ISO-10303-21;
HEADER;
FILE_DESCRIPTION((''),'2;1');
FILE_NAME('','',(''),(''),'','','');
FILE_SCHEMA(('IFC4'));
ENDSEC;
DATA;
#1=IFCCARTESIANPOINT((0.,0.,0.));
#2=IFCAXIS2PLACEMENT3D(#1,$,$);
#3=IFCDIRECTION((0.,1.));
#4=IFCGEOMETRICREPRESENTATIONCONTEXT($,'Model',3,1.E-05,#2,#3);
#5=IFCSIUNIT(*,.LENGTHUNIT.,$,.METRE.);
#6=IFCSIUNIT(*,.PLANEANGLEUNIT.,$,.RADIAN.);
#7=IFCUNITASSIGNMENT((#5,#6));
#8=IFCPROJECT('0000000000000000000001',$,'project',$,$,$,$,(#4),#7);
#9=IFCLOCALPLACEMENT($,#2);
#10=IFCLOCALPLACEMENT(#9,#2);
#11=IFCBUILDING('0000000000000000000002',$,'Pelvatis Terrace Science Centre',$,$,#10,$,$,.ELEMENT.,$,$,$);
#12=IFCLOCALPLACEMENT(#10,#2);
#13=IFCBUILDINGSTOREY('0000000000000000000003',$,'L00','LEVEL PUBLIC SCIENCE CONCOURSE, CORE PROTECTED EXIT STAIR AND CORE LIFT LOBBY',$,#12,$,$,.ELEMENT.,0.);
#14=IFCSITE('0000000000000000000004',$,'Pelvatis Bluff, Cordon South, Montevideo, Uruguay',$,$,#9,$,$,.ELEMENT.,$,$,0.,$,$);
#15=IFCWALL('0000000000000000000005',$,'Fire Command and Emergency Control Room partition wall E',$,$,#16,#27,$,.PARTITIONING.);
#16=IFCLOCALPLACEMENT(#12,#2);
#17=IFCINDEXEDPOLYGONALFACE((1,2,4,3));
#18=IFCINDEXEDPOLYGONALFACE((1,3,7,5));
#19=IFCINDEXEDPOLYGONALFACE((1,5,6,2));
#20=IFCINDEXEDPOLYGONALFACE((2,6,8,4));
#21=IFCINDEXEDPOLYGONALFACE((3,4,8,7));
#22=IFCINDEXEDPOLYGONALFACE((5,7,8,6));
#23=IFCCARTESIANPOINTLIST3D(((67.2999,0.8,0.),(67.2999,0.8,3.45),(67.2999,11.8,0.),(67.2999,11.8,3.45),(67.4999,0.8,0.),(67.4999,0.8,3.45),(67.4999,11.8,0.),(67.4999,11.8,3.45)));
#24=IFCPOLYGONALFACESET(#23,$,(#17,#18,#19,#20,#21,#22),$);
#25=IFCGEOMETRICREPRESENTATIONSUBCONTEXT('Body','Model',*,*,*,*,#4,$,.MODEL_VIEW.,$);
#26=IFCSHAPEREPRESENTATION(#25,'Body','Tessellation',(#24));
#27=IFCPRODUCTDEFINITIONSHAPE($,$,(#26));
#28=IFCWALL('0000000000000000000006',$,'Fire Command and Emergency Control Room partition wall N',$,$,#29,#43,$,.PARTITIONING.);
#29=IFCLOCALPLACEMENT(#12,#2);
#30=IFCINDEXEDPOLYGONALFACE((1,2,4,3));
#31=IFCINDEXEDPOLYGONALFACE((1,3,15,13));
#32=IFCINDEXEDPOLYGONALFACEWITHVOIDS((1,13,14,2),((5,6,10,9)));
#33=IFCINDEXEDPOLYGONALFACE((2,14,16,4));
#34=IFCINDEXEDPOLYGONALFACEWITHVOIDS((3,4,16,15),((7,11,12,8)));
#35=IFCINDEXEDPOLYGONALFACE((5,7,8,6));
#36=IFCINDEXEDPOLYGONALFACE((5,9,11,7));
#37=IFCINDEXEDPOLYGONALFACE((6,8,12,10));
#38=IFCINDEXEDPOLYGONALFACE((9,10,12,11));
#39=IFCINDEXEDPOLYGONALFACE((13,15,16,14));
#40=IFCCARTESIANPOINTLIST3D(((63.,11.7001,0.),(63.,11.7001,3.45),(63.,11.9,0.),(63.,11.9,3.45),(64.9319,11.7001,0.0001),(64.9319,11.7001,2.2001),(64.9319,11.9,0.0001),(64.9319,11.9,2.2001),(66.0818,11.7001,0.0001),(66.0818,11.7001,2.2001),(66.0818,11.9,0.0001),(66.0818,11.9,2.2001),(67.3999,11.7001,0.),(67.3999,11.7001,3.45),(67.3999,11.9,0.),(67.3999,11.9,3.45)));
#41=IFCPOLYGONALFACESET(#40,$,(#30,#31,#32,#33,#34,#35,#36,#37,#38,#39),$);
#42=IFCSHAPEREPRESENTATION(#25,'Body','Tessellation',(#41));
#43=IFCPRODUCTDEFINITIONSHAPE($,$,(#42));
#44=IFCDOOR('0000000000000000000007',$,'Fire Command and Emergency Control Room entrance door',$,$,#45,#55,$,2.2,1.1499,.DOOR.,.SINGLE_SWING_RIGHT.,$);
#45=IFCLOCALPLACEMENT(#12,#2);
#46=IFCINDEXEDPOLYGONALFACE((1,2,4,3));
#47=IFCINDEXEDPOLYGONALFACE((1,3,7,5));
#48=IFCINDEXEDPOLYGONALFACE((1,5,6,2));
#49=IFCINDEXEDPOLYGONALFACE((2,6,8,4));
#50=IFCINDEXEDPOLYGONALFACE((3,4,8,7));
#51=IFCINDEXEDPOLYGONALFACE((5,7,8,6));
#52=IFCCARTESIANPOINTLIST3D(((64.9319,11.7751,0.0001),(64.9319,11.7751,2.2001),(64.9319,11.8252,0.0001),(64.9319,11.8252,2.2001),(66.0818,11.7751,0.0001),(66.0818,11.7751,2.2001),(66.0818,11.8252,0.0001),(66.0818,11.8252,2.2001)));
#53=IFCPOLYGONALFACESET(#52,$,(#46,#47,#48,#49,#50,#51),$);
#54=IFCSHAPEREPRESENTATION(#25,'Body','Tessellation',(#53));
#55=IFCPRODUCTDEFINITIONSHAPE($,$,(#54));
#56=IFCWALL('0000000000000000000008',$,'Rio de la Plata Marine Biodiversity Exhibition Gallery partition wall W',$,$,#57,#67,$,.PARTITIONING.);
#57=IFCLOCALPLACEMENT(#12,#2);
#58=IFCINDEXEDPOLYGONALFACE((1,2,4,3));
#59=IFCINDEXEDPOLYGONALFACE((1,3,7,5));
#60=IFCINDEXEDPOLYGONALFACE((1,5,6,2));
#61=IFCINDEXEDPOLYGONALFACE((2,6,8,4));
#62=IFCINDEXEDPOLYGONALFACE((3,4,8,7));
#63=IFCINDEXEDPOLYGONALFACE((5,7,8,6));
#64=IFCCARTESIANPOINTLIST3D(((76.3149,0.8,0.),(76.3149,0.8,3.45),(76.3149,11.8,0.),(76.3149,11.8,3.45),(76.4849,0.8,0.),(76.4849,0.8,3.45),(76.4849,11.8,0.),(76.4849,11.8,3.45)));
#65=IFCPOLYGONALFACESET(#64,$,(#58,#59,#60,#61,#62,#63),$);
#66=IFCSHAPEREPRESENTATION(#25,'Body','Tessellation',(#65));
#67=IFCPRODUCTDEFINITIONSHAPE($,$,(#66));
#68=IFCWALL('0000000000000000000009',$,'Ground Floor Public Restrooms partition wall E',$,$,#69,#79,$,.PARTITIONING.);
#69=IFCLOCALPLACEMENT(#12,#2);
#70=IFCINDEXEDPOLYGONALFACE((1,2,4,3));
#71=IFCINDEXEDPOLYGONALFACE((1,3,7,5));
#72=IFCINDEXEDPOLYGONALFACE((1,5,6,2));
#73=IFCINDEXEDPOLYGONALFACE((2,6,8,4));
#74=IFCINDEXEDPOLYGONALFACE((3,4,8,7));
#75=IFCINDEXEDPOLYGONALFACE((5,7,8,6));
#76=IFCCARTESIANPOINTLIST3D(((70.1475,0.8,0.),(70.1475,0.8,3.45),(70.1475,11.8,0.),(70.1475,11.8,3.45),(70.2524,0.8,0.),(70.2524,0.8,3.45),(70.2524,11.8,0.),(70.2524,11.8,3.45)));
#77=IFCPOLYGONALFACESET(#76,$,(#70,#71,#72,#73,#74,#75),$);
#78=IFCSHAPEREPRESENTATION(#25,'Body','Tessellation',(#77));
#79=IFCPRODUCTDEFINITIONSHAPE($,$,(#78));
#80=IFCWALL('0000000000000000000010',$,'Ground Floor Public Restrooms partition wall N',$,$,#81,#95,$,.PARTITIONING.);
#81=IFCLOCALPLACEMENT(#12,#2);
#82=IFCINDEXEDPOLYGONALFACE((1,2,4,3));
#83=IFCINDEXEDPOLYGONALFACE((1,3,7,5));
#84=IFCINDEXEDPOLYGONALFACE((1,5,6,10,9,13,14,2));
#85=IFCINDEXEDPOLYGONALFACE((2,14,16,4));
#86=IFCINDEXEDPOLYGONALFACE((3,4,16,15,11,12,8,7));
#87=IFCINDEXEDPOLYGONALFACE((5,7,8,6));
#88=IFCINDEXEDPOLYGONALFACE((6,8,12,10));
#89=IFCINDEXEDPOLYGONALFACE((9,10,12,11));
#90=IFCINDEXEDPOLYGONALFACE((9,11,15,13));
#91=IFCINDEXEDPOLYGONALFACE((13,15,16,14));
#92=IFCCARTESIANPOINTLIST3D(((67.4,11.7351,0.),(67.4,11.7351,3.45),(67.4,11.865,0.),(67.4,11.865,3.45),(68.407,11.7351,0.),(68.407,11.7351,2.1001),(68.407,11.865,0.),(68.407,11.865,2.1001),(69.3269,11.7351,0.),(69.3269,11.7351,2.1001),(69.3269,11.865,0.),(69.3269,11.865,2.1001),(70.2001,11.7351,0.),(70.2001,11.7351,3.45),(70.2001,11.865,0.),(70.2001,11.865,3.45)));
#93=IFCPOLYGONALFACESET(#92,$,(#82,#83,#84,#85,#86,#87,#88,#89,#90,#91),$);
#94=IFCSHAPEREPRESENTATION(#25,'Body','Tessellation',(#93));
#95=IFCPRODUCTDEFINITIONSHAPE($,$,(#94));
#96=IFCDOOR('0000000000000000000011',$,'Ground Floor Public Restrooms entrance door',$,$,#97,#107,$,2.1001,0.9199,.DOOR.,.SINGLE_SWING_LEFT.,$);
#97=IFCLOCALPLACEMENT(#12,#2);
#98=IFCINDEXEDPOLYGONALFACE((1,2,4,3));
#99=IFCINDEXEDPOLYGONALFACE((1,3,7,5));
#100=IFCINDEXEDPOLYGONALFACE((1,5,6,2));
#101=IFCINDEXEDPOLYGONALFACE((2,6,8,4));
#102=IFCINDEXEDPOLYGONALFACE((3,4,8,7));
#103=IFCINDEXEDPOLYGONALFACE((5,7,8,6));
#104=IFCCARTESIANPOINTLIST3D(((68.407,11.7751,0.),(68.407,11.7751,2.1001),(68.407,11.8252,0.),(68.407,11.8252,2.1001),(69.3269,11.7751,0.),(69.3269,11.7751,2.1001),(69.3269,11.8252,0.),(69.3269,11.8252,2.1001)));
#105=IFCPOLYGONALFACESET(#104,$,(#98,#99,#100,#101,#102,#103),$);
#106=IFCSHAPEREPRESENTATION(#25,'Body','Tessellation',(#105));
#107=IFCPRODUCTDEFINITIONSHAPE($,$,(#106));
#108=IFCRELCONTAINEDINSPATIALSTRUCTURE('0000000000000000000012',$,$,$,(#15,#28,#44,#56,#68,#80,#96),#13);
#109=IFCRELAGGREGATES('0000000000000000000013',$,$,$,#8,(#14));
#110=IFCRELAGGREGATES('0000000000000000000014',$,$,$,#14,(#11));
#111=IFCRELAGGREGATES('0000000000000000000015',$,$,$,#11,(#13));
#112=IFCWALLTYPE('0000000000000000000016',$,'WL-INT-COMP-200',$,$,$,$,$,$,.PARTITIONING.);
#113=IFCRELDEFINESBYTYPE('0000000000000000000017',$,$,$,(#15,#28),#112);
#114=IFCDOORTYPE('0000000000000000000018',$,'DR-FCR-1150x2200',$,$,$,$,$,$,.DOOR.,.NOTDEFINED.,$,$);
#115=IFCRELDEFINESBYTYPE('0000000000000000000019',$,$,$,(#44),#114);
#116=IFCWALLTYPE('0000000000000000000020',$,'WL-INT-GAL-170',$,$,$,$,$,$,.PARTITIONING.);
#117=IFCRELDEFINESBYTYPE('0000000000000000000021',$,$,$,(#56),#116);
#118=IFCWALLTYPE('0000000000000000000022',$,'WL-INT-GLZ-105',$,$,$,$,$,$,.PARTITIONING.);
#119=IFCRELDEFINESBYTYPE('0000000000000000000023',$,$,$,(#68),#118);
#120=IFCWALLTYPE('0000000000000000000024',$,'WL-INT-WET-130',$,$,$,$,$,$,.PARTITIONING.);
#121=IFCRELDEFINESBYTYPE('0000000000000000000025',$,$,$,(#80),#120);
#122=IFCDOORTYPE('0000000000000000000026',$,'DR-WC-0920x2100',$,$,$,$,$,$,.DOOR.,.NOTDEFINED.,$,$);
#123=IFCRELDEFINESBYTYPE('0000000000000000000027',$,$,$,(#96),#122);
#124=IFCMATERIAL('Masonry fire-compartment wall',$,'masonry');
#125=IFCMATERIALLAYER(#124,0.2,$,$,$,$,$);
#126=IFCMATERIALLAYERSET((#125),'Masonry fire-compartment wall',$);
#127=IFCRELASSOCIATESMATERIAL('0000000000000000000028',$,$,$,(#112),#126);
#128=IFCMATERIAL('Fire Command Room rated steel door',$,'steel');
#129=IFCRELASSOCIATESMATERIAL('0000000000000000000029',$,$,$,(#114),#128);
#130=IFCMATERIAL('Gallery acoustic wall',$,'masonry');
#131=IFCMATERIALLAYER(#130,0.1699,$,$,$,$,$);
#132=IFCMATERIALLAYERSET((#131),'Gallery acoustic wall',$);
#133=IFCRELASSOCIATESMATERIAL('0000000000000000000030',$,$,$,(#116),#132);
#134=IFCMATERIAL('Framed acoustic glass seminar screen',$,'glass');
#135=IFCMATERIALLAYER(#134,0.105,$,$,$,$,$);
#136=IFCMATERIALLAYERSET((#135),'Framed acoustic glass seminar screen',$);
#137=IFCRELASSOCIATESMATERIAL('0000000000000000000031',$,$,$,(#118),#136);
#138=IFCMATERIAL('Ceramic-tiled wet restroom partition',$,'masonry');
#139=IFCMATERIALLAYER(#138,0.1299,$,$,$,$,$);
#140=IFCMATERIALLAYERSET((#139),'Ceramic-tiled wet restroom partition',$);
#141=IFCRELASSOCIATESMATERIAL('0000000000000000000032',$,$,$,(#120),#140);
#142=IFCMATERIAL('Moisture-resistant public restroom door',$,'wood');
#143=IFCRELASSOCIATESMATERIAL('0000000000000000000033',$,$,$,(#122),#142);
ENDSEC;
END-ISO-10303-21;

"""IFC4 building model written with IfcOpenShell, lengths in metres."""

from ifc_helpers import new_model, si_unit, direction, frame, frame_2d, origin, place, context, subcontext, project, spatial, rectangle, extrude, material, layer, layer_set, type_object, element, fill, save


model = new_model("IFC4")

# Units and contexts
model_context = context("Model", 3, precision=1e-05, world=origin(), true_north=direction((0.0, 1.0)))
body_context = subcontext(model_context, "Body", "Model", "MODEL_VIEW")
ifc_project = project(units=[si_unit("LENGTHUNIT", "METRE"), si_unit("PLANEANGLEUNIT", "RADIAN")], contexts=[model_context])

# Site, building, storey
site_placement = place(None, origin())
site = spatial("IfcSite", under=ifc_project, at=site_placement, Name="Pelvatis Bluff, Cordon South, Montevideo, Uruguay", CompositionType="ELEMENT", RefElevation=0.0)
building_placement = place(site_placement, origin())
building = spatial("IfcBuilding", under=site, at=building_placement, Name="Pelvatis Terrace Science Centre", CompositionType="ELEMENT")
storey_placement = place(building_placement, origin())
storey = spatial("IfcBuildingStorey", under=building, at=storey_placement, Name="L00", Description="LEVEL PUBLIC SCIENCE CONCOURSE, CORE PROTECTED EXIT STAIR AND CORE LIFT LOBBY", CompositionType="ELEMENT", Elevation=0.0)

# Wall
ifc_material_1 = material(Name="Masonry fire-compartment wall", Category="masonry")
ifc_layer_1 = layer(ifc_material_1, 0.2)
ifc_layer_set_1 = layer_set([ifc_layer_1], Name="Masonry fire-compartment wall")
wall_type_1 = type_object("IfcWallType", Name="WL-INT-COMP-200", PredefinedType="PARTITIONING", material=ifc_layer_set_1)
wall_1_placement = place(storey_placement, frame((67.3999, 0.8, 0.0), z_axis=(0.0, 0.0, 1.0), x_axis=(0.0, 1.0, 0.0)))
element("IfcWall", 1, at=wall_1_placement, inside=storey, type_object=wall_type_1, Name="Fire Command and Emergency Control Room partition wall E", PredefinedType="PARTITIONING", context=body_context, shape_type="SweptSolid", body=[
    extrude(rectangle(XDim=11.0, YDim=0.2, at=frame_2d((5.5, 0.0))), origin(), (0.0, 0.0, 1.0), 3.45),
])

# Wall, opening, door
wall_2_placement = place(storey_placement, frame((67.3999, 11.8, 0.0), z_axis=(0.0, 0.0, 1.0), x_axis=(-1.0, 0.0, 0.0)))
wall_2 = element("IfcWall", 2, at=wall_2_placement, inside=storey, type_object=wall_type_1, Name="Fire Command and Emergency Control Room partition wall N", PredefinedType="PARTITIONING", context=body_context, shape_type="SweptSolid", body=[
    extrude(rectangle(XDim=4.3999, YDim=0.2, at=frame_2d((2.2, 0.0))), origin(), (0.0, 0.0, 1.0), 3.45),
])
opening_1_placement = place(wall_2_placement, frame((1.3181, 0.0, 0.0)))
opening_1 = element("IfcOpeningElement", 3, at=opening_1_placement, cuts=wall_2, PredefinedType="OPENING", context=body_context, shape_type="SweptSolid", body=[
    extrude(rectangle(XDim=1.1499, YDim=2.2, at=frame_2d((0.575, 1.1001))), frame((0.0, 0.1099, 0.0), z_axis=(0.0, -1.0, 0.0), x_axis=(1.0, 0.0, 0.0)), (0.0, 0.0, 1.0), 0.22),
])
ifc_material_2 = material(Name="Fire Command Room rated steel door", Category="steel")
door_type_1 = type_object("IfcDoorType", Name="DR-FCR-1150x2200", OperationType="NOTDEFINED", PredefinedType="DOOR", material=ifc_material_2)
door_1_placement = place(opening_1_placement, origin())
door_1 = element("IfcDoor", 4, at=door_1_placement, inside=storey, type_object=door_type_1, Name="Fire Command and Emergency Control Room entrance door", OperationType="SINGLE_SWING_RIGHT", OverallHeight=2.2, OverallWidth=1.1499, PredefinedType="DOOR", context=body_context, shape_type="SweptSolid", body=[
    extrude(rectangle(XDim=1.1499, YDim=2.2, at=frame_2d((0.575, 1.1001))), frame((0.0, 0.0249, 0.0), z_axis=(0.0, -1.0, 0.0), x_axis=(1.0, 0.0, 0.0)), (0.0, 0.0, 1.0), 0.05),
])
fill(opening_1, door_1)

# Walls
ifc_material_3 = material(Name="Gallery acoustic wall", Category="masonry")
ifc_layer_2 = layer(ifc_material_3, 0.1699)
ifc_layer_set_2 = layer_set([ifc_layer_2], Name="Gallery acoustic wall")
wall_type_2 = type_object("IfcWallType", Name="WL-INT-GAL-170", PredefinedType="PARTITIONING", material=ifc_layer_set_2)
wall_3_placement = place(storey_placement, frame((76.3999, 11.8, 0.0), z_axis=(0.0, 0.0, 1.0), x_axis=(0.0, -1.0, 0.0)))
element("IfcWall", 5, at=wall_3_placement, inside=storey, type_object=wall_type_2, Name="Rio de la Plata Marine Biodiversity Exhibition Gallery partition wall W", PredefinedType="PARTITIONING", context=body_context, shape_type="SweptSolid", body=[
    extrude(rectangle(XDim=11.0, YDim=0.1699, at=frame_2d((5.5, 0.0))), origin(), (0.0, 0.0, 1.0), 3.45),
])
ifc_material_4 = material(Name="Framed acoustic glass seminar screen", Category="glass")
ifc_layer_3 = layer(ifc_material_4, 0.105)
ifc_layer_set_3 = layer_set([ifc_layer_3], Name="Framed acoustic glass seminar screen")
wall_type_3 = type_object("IfcWallType", Name="WL-INT-GLZ-105", PredefinedType="PARTITIONING", material=ifc_layer_set_3)
wall_4_placement = place(storey_placement, frame((70.2, 0.8, 0.0), z_axis=(0.0, 0.0, 1.0), x_axis=(0.0, 1.0, 0.0)))
element("IfcWall", 6, at=wall_4_placement, inside=storey, type_object=wall_type_3, Name="Ground Floor Public Restrooms partition wall E", PredefinedType="PARTITIONING", context=body_context, shape_type="SweptSolid", body=[
    extrude(rectangle(XDim=11.0, YDim=0.105, at=frame_2d((5.5, 0.0))), origin(), (0.0, 0.0, 1.0), 3.45),
])

# Wall, opening, door
ifc_material_5 = material(Name="Ceramic-tiled wet restroom partition", Category="masonry")
ifc_layer_4 = layer(ifc_material_5, 0.1299)
ifc_layer_set_4 = layer_set([ifc_layer_4], Name="Ceramic-tiled wet restroom partition")
wall_type_4 = type_object("IfcWallType", Name="WL-INT-WET-130", PredefinedType="PARTITIONING", material=ifc_layer_set_4)
wall_5_placement = place(storey_placement, frame((70.2, 11.8, 0.0), z_axis=(0.0, 0.0, 1.0), x_axis=(-1.0, 0.0, 0.0)))
wall_5 = element("IfcWall", 7, at=wall_5_placement, inside=storey, type_object=wall_type_4, Name="Ground Floor Public Restrooms partition wall N", PredefinedType="PARTITIONING", context=body_context, shape_type="SweptSolid", body=[
    extrude(rectangle(XDim=2.8, YDim=0.1299, at=frame_2d((1.3999, 0.0))), origin(), (0.0, 0.0, 1.0), 3.45),
])
opening_2_placement = place(wall_5_placement, frame((0.873, 0.0, 0.0)))
opening_2 = element("IfcOpeningElement", 8, at=opening_2_placement, cuts=wall_5, PredefinedType="OPENING", context=body_context, shape_type="SweptSolid", body=[
    extrude(rectangle(XDim=0.9199, YDim=2.1001, at=frame_2d((0.46, 1.05))), frame((0.0, 0.075, 0.0), z_axis=(0.0, -1.0, 0.0), x_axis=(1.0, 0.0, 0.0)), (0.0, 0.0, 1.0), 0.1499),
])
ifc_material_6 = material(Name="Moisture-resistant public restroom door", Category="wood")
door_type_2 = type_object("IfcDoorType", Name="DR-WC-0920x2100", OperationType="NOTDEFINED", PredefinedType="DOOR", material=ifc_material_6)
door_2_placement = place(opening_2_placement, origin())
door_2 = element("IfcDoor", 9, at=door_2_placement, inside=storey, type_object=door_type_2, Name="Ground Floor Public Restrooms entrance door", OperationType="SINGLE_SWING_LEFT", OverallHeight=2.1001, OverallWidth=0.9199, PredefinedType="DOOR", context=body_context, shape_type="SweptSolid", body=[
    extrude(rectangle(XDim=0.9199, YDim=2.1001, at=frame_2d((0.46, 1.05))), frame((0.0, 0.0249, 0.0), z_axis=(0.0, -1.0, 0.0), x_axis=(1.0, 0.0, 0.0)), (0.0, 0.0, 1.0), 0.05),
])
fill(opening_2, door_2)

save(model, "model.ifc")
